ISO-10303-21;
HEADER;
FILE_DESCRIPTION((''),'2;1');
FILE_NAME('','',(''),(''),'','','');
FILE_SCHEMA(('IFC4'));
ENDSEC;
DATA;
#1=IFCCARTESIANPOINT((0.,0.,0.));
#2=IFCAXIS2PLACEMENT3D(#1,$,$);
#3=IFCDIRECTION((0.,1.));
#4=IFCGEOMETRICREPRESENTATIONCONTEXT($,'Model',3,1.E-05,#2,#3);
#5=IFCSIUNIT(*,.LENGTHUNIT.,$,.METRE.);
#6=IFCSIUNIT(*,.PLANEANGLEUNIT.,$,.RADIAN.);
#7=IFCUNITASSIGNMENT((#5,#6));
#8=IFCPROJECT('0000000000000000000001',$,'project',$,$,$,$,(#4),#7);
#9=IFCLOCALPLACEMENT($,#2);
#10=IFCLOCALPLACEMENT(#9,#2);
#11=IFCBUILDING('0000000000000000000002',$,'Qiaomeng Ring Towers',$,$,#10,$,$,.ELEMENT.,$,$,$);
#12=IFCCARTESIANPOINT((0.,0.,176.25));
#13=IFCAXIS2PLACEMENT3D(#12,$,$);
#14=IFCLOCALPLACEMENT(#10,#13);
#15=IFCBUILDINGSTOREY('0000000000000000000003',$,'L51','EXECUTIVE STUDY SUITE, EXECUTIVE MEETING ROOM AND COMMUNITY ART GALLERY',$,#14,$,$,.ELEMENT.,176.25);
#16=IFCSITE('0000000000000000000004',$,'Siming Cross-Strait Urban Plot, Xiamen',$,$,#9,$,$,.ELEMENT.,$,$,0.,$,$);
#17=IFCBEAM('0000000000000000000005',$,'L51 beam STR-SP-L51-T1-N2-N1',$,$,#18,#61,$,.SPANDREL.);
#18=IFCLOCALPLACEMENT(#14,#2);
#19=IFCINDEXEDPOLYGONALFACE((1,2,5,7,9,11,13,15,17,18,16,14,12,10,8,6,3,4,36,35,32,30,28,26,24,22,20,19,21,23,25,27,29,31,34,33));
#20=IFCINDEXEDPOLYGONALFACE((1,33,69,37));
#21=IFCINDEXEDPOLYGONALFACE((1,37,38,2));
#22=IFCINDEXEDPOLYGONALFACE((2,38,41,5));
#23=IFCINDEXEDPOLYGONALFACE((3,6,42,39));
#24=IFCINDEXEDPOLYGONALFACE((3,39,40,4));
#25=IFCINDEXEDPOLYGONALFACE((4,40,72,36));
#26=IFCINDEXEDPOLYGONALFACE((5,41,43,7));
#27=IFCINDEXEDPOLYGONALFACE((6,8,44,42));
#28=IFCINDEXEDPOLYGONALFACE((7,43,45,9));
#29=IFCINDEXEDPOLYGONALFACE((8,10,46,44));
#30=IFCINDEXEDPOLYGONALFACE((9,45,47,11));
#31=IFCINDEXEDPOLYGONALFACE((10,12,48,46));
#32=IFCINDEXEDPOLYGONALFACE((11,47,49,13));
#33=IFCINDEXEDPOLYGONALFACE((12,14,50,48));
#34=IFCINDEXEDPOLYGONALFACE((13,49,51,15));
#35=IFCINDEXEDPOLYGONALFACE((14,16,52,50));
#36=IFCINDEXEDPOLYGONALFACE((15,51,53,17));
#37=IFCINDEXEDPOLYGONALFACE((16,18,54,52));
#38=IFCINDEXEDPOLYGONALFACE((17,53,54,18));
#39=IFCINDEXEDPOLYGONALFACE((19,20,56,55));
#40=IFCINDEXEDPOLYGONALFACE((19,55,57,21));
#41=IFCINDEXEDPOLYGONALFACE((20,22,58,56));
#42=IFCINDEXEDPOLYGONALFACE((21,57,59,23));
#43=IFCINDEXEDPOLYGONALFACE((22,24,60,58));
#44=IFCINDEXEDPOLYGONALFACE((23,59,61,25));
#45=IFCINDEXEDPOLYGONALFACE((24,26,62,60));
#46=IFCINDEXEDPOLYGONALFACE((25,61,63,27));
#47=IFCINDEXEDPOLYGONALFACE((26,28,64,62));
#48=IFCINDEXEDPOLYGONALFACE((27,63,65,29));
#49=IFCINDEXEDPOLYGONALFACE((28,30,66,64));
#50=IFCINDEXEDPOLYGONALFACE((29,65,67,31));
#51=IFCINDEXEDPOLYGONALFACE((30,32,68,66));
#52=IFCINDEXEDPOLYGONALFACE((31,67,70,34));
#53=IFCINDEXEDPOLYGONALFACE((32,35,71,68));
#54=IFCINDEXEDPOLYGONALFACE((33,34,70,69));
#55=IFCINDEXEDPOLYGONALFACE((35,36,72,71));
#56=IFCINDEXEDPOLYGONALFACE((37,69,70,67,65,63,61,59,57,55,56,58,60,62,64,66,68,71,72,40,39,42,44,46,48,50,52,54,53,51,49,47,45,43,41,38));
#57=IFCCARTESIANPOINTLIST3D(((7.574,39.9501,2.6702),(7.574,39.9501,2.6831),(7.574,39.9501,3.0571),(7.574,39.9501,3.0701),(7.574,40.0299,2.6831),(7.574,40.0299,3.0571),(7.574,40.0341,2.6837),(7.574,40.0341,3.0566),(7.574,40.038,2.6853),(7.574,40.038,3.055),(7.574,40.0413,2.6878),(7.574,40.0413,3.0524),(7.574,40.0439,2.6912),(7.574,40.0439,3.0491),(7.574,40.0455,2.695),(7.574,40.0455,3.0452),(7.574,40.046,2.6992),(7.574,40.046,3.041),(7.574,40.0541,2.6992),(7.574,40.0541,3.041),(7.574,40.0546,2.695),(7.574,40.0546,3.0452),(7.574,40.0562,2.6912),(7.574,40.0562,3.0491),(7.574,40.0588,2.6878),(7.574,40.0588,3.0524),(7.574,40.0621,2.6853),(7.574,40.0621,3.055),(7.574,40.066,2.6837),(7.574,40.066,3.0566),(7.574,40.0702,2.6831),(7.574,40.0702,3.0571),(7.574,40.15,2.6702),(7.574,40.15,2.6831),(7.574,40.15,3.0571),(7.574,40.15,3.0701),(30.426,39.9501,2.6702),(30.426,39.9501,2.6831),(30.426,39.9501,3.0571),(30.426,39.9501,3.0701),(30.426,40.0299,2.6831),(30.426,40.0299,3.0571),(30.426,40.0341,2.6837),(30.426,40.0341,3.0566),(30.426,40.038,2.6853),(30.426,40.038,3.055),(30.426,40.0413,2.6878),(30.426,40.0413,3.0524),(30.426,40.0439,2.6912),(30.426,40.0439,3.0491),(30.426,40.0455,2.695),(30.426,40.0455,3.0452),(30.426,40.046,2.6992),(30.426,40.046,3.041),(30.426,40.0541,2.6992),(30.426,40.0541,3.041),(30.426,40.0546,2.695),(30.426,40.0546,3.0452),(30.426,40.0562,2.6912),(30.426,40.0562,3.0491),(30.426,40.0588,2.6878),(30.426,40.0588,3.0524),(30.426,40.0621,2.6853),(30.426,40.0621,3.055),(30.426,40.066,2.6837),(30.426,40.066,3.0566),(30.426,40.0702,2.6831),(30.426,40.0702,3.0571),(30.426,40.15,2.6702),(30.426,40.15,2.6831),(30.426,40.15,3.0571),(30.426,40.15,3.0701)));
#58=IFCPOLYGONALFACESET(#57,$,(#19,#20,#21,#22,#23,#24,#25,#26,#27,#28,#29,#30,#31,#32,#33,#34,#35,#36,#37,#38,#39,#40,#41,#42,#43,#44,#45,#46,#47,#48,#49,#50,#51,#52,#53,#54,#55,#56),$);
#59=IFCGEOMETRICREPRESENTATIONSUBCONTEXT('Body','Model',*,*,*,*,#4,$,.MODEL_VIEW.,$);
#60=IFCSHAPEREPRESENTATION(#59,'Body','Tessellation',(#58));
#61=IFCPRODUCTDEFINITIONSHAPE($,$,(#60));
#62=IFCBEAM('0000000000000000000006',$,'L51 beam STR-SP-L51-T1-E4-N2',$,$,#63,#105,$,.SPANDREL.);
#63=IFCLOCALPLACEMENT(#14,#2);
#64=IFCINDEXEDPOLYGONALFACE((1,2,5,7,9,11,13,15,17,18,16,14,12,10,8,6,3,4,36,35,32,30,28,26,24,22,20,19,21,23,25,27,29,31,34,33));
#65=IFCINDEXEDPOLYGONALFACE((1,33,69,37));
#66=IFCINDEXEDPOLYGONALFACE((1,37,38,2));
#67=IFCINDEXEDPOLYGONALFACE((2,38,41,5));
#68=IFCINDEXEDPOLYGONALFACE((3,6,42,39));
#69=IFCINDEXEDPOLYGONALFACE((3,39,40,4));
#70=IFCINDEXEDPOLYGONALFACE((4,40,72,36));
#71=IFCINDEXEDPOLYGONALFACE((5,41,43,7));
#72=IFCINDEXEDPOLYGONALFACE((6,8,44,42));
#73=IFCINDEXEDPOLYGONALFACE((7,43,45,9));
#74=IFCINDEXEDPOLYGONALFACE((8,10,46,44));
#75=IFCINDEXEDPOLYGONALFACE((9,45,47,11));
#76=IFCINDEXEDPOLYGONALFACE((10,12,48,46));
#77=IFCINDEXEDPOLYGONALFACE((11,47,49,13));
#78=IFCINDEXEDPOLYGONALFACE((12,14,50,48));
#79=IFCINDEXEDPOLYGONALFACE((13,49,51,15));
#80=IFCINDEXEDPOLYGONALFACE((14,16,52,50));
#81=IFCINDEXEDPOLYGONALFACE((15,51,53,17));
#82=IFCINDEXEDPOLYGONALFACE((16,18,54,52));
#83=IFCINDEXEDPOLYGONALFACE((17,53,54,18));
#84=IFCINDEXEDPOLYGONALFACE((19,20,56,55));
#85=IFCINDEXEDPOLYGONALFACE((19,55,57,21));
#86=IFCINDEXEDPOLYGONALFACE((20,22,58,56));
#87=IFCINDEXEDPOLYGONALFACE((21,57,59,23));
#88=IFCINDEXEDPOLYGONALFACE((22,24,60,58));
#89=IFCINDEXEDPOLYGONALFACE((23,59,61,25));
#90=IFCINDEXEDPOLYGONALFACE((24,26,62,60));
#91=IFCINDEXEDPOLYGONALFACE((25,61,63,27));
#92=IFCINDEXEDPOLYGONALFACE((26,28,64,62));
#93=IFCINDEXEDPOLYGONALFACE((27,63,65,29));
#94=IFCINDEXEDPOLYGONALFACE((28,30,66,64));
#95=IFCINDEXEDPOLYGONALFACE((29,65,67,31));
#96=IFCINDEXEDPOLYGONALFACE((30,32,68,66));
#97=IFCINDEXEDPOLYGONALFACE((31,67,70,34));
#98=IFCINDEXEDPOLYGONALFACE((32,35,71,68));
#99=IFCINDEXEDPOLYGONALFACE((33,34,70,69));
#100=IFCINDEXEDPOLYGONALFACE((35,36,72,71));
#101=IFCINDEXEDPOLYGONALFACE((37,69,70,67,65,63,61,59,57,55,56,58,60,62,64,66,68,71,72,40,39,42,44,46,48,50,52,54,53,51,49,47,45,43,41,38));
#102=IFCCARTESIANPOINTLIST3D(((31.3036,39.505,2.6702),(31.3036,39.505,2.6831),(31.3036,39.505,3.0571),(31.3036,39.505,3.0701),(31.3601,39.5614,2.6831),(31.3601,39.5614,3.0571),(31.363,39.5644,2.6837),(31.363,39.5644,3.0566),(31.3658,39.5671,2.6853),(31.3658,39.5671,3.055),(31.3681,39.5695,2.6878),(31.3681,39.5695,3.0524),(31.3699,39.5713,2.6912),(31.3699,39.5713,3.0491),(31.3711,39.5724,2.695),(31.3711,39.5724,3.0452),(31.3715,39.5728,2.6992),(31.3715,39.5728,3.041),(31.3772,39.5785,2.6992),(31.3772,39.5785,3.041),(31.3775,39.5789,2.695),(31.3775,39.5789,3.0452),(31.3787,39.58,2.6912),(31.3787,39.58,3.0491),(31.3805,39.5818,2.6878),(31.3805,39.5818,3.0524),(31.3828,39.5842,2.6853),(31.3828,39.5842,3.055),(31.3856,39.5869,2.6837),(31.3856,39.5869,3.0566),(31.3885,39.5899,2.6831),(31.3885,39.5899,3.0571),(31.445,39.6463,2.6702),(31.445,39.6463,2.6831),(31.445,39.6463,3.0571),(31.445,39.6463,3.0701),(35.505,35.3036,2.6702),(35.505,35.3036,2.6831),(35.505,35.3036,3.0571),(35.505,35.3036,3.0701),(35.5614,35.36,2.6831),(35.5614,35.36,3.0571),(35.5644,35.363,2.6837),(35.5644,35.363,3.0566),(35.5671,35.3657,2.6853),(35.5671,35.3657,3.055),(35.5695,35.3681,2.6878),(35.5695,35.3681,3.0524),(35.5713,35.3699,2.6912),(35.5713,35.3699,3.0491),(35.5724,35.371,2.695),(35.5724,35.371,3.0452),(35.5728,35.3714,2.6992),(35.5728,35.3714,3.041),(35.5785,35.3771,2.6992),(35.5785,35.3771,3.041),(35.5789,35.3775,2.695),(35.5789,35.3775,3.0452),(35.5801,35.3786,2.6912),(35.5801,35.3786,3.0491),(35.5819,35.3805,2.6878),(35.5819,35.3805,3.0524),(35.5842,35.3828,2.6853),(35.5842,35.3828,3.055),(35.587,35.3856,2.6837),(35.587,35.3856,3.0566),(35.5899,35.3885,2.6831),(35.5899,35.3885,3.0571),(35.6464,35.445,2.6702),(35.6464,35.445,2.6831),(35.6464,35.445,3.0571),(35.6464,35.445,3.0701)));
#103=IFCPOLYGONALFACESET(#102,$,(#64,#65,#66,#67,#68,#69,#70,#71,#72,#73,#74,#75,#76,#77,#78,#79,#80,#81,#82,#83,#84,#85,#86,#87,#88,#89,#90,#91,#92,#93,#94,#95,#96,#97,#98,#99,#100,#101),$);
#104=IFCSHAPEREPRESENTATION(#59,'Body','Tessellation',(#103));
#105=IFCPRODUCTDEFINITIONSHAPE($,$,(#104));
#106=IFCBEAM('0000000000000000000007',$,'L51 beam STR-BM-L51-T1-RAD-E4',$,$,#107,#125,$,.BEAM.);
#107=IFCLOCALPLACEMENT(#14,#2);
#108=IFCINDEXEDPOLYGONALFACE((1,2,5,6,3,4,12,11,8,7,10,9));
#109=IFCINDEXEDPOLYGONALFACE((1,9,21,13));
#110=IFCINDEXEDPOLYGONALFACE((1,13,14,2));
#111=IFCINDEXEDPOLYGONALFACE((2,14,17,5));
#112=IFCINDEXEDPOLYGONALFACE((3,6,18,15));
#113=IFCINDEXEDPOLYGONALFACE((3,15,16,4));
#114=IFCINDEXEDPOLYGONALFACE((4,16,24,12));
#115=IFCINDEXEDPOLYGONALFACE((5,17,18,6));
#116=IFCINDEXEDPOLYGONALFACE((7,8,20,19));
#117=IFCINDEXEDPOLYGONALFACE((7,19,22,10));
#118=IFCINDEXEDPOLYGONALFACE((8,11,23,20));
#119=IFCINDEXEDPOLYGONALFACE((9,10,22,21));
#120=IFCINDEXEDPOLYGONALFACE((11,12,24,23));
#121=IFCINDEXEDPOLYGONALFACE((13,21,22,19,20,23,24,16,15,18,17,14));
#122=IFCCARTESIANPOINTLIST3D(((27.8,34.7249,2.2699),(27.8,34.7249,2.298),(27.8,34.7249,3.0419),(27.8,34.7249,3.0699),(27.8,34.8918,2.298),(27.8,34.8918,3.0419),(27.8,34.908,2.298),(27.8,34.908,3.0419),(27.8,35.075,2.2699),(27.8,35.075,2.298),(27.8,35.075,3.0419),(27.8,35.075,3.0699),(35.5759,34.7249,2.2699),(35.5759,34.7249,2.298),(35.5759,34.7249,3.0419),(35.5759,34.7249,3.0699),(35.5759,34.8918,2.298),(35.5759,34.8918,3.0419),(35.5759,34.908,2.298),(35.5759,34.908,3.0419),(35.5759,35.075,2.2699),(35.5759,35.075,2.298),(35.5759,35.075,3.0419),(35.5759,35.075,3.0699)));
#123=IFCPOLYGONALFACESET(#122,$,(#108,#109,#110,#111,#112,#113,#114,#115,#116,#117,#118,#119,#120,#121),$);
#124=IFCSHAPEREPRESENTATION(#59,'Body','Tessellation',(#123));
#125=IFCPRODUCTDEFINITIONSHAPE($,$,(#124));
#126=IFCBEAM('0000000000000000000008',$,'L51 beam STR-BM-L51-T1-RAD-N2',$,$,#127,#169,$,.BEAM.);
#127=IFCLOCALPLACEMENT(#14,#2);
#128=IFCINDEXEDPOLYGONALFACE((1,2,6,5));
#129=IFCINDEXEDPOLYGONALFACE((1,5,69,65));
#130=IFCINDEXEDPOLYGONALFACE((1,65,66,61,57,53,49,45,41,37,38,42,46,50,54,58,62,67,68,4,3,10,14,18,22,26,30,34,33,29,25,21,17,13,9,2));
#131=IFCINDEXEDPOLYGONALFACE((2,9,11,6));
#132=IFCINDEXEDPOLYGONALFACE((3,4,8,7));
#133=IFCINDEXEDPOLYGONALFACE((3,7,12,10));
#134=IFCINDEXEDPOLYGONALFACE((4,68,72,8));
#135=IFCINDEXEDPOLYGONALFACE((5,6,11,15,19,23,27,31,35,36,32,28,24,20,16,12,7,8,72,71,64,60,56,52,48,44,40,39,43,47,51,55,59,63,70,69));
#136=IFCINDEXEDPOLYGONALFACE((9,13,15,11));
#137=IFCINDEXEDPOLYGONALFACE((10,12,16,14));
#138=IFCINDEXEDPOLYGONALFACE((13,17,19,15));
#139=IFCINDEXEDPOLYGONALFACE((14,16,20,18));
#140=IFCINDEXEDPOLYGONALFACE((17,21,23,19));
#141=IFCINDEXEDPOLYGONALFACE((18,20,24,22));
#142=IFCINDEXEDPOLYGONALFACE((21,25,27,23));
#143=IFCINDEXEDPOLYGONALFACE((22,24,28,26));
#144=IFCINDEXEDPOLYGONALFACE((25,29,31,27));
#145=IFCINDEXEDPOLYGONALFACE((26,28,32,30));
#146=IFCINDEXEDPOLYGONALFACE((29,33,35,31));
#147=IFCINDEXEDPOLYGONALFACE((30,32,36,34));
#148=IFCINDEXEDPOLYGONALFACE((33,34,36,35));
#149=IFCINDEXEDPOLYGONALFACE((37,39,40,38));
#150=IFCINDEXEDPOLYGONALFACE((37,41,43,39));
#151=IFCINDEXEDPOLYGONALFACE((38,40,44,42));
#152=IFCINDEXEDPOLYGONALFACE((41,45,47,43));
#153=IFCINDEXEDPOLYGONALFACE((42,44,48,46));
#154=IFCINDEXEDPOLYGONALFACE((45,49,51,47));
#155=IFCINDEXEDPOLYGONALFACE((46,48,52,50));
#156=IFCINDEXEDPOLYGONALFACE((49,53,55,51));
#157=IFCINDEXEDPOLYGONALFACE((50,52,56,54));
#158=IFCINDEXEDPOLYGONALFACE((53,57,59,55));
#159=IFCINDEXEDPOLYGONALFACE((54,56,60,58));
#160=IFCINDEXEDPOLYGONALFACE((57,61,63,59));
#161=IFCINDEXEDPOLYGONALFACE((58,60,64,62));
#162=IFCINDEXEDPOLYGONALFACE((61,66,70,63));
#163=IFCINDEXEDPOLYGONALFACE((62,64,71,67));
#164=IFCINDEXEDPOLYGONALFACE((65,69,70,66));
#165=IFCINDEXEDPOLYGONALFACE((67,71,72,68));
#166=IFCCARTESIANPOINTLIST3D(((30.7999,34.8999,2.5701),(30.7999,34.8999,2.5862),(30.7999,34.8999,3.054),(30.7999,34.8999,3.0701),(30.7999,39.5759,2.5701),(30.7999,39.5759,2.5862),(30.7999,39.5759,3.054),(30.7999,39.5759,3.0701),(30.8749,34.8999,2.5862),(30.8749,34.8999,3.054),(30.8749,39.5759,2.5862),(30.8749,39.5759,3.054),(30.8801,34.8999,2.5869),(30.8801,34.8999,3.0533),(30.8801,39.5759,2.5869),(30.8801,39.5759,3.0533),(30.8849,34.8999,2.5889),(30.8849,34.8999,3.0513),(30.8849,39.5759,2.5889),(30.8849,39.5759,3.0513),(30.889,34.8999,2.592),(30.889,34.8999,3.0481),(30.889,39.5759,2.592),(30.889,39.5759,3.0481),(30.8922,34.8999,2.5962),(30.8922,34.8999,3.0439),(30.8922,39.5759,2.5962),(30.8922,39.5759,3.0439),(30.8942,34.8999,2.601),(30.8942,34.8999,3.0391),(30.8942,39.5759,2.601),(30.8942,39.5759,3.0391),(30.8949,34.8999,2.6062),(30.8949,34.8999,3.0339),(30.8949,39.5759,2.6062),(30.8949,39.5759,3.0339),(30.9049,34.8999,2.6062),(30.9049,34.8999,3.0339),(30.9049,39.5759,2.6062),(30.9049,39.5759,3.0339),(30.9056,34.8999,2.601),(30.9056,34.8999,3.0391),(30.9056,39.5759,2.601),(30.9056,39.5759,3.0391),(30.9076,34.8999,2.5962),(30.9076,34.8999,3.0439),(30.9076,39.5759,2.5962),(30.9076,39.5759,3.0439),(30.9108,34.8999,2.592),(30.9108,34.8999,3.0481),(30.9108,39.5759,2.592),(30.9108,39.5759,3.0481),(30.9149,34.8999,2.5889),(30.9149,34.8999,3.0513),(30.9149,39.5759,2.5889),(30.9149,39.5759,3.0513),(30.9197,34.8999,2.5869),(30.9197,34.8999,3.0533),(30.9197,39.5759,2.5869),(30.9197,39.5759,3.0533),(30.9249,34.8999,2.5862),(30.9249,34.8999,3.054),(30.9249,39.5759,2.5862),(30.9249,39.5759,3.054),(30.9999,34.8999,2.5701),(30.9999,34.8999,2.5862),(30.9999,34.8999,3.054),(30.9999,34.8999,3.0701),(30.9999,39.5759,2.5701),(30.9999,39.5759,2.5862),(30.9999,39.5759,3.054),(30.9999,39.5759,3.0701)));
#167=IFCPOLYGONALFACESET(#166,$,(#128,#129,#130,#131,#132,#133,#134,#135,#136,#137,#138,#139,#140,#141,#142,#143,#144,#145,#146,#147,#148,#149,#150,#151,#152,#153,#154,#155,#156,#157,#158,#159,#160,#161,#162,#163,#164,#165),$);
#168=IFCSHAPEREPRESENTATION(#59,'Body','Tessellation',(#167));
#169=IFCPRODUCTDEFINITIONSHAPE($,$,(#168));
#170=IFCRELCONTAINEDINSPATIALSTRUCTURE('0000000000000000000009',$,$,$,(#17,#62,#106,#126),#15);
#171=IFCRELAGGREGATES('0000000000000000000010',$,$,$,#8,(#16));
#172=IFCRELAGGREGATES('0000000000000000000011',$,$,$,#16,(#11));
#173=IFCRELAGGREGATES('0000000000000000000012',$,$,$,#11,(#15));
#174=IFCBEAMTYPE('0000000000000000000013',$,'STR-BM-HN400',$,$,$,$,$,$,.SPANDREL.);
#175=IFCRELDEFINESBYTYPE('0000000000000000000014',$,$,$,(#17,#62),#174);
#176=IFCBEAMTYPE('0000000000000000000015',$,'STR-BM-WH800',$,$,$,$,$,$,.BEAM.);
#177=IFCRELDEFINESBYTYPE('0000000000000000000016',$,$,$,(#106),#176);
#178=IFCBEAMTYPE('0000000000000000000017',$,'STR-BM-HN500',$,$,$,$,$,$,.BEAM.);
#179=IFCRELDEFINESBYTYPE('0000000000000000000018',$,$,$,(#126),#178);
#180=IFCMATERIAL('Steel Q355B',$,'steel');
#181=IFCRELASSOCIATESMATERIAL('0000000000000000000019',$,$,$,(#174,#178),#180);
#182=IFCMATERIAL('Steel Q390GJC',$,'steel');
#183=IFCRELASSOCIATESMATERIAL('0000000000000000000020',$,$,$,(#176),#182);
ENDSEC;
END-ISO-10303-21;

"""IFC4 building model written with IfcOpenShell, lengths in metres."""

from ifc_helpers import new_model, si_unit, direction, frame, origin, origin_2d, place, context, subcontext, project, spatial, i_section, extrude, source, transform, mapped, material, material_profile, profile_set, type_object, element, save


model = new_model("IFC4")

# Units and contexts
model_context = context("Model", 3, precision=1e-05, world=origin(), true_north=direction((0.0, 1.0)))
body_context = subcontext(model_context, "Body", "Model", "MODEL_VIEW")
ifc_project = project(units=[si_unit("LENGTHUNIT", "METRE"), si_unit("PLANEANGLEUNIT", "RADIAN")], contexts=[model_context])

# Site, building, storey
site_placement = place(None, origin())
site = spatial("IfcSite", under=ifc_project, at=site_placement, Name="Siming Cross-Strait Urban Plot, Xiamen", CompositionType="ELEMENT", RefElevation=0.0)
building_placement = place(site_placement, origin())
building = spatial("IfcBuilding", under=site, at=building_placement, Name="Qiaomeng Ring Towers", CompositionType="ELEMENT")
storey_placement = place(building_placement, frame((0.0, 0.0, 176.25)))
storey = spatial("IfcBuildingStorey", under=building, at=storey_placement, Name="L51", Description="EXECUTIVE STUDY SUITE, EXECUTIVE MEETING ROOM AND COMMUNITY ART GALLERY", CompositionType="ELEMENT", Elevation=176.25)

# Beams
ifc_material_1 = material(Name="Steel Q355B", Category="steel")
ifc_material_profile_1 = material_profile(ifc_material_1, i_section(OverallWidth=0.2, OverallDepth=0.3999, WebThickness=0.0081, FlangeThickness=0.0129, FilletRadius=0.0161, at=origin_2d()), Name="HN 400x200x8x13")
ifc_profile_set_1 = profile_set([ifc_material_profile_1], Name="Steel Q355B")
beam_type_1 = type_object("IfcBeamType", Name="STR-BM-HN400", PredefinedType="SPANDREL", material=ifc_profile_set_1)
shared_shape_1 = source(origin(), body_context, "Body", "SweptSolid", [
    extrude(i_section(OverallWidth=0.2, OverallDepth=0.3999, WebThickness=0.0081, FlangeThickness=0.0129, FilletRadius=0.0161, at=origin_2d()), origin(), (0.0, 0.0, 1.0), 22.8521),
])
beam_1_placement = place(storey_placement, frame((30.426, 40.05, 2.8701), z_axis=(-1.0, 0.0, 0.0), x_axis=(0.0, -1.0, 0.0)))
element("IfcBeam", 1, at=beam_1_placement, inside=storey, type_object=beam_type_1, Name="L51 beam STR-SP-L51-T1-N2-N1", PredefinedType="SPANDREL", context=body_context, shape_type="MappedRepresentation", body=[
    mapped(shared_shape_1, transform((0.0, 0.0, 0.0), x_axis=(1.0, 0.0, 0.0), y_axis=(0.0, 1.0, 0.0), z_axis=(0.0, 0.0, 1.0), scale=1.0)),
])
shared_shape_2 = source(origin(), body_context, "Body", "SweptSolid", [
    extrude(i_section(OverallWidth=0.2, OverallDepth=0.3999, WebThickness=0.0081, FlangeThickness=0.0129, FilletRadius=0.0161, at=origin_2d()), origin(), (0.0, 0.0, 1.0), 5.9417),
])
beam_2_placement = place(storey_placement, frame((35.5757, 35.3743, 2.8701), z_axis=(-0.707107, 0.707107, 0.0), x_axis=(-0.707107, -0.707107, 0.0)))
element("IfcBeam", 2, at=beam_2_placement, inside=storey, type_object=beam_type_1, Name="L51 beam STR-SP-L51-T1-E4-N2", PredefinedType="SPANDREL", context=body_context, shape_type="MappedRepresentation", body=[
    mapped(shared_shape_2, transform((0.0, 0.0, 0.0), x_axis=(1.0, 0.0, 0.0), y_axis=(0.0, 1.0, 0.0), z_axis=(0.0, 0.0, 1.0), scale=1.0)),
])
ifc_material_2 = material(Name="Steel Q390GJC", Category="steel")
ifc_material_profile_2 = material_profile(ifc_material_2, i_section(OverallWidth=0.3501, OverallDepth=0.8, WebThickness=0.0161, FlangeThickness=0.0281, at=origin_2d()), Name="WH 800x350x16x28")
ifc_profile_set_2 = profile_set([ifc_material_profile_2], Name="Steel Q390GJC")
beam_type_2 = type_object("IfcBeamType", Name="STR-BM-WH800", PredefinedType="BEAM", material=ifc_profile_set_2)
shared_shape_3 = source(origin(), body_context, "Body", "SweptSolid", [
    extrude(i_section(OverallWidth=0.3501, OverallDepth=0.8, WebThickness=0.0161, FlangeThickness=0.0281, at=origin_2d()), origin(), (0.0, 0.0, 1.0), 7.7759),
])
beam_3_placement = place(storey_placement, frame((27.8, 34.8999, 2.6699), z_axis=(1.0, 0.0, 0.0), x_axis=(0.0, 1.0, 0.0)))
element("IfcBeam", 3, at=beam_3_placement, inside=storey, type_object=beam_type_2, Name="L51 beam STR-BM-L51-T1-RAD-E4", PredefinedType="BEAM", context=body_context, shape_type="MappedRepresentation", body=[
    mapped(shared_shape_3, transform((0.0, 0.0, 0.0), x_axis=(1.0, 0.0, 0.0), y_axis=(0.0, 1.0, 0.0), z_axis=(0.0, 0.0, 1.0), scale=1.0)),
])
ifc_material_profile_3 = material_profile(ifc_material_1, i_section(OverallWidth=0.2, OverallDepth=0.5, WebThickness=0.01, FlangeThickness=0.0161, FilletRadius=0.02, at=origin_2d()), Name="HN 500x200x10x16")
ifc_profile_set_3 = profile_set([ifc_material_profile_3], Name="Steel Q355B")
beam_type_3 = type_object("IfcBeamType", Name="STR-BM-HN500", PredefinedType="BEAM", material=ifc_profile_set_3)
shared_shape_4 = source(origin(), body_context, "Body", "SweptSolid", [
    extrude(i_section(OverallWidth=0.2, OverallDepth=0.5, WebThickness=0.01, FlangeThickness=0.0161, FilletRadius=0.02, at=origin_2d()), origin(), (0.0, 0.0, 1.0), 4.676),
])
beam_4_placement = place(storey_placement, frame((30.8999, 39.5759, 2.8201), z_axis=(0.0, -1.0, 0.0), x_axis=(1.0, 0.0, 0.0)))
element("IfcBeam", 4, at=beam_4_placement, inside=storey, type_object=beam_type_3, Name="L51 beam STR-BM-L51-T1-RAD-N2", PredefinedType="BEAM", context=body_context, shape_type="MappedRepresentation", body=[
    mapped(shared_shape_4, transform((0.0, 0.0, 0.0), x_axis=(1.0, 0.0, 0.0), y_axis=(0.0, 1.0, 0.0), z_axis=(0.0, 0.0, 1.0), scale=1.0)),
])

save(model, "model.ifc")
